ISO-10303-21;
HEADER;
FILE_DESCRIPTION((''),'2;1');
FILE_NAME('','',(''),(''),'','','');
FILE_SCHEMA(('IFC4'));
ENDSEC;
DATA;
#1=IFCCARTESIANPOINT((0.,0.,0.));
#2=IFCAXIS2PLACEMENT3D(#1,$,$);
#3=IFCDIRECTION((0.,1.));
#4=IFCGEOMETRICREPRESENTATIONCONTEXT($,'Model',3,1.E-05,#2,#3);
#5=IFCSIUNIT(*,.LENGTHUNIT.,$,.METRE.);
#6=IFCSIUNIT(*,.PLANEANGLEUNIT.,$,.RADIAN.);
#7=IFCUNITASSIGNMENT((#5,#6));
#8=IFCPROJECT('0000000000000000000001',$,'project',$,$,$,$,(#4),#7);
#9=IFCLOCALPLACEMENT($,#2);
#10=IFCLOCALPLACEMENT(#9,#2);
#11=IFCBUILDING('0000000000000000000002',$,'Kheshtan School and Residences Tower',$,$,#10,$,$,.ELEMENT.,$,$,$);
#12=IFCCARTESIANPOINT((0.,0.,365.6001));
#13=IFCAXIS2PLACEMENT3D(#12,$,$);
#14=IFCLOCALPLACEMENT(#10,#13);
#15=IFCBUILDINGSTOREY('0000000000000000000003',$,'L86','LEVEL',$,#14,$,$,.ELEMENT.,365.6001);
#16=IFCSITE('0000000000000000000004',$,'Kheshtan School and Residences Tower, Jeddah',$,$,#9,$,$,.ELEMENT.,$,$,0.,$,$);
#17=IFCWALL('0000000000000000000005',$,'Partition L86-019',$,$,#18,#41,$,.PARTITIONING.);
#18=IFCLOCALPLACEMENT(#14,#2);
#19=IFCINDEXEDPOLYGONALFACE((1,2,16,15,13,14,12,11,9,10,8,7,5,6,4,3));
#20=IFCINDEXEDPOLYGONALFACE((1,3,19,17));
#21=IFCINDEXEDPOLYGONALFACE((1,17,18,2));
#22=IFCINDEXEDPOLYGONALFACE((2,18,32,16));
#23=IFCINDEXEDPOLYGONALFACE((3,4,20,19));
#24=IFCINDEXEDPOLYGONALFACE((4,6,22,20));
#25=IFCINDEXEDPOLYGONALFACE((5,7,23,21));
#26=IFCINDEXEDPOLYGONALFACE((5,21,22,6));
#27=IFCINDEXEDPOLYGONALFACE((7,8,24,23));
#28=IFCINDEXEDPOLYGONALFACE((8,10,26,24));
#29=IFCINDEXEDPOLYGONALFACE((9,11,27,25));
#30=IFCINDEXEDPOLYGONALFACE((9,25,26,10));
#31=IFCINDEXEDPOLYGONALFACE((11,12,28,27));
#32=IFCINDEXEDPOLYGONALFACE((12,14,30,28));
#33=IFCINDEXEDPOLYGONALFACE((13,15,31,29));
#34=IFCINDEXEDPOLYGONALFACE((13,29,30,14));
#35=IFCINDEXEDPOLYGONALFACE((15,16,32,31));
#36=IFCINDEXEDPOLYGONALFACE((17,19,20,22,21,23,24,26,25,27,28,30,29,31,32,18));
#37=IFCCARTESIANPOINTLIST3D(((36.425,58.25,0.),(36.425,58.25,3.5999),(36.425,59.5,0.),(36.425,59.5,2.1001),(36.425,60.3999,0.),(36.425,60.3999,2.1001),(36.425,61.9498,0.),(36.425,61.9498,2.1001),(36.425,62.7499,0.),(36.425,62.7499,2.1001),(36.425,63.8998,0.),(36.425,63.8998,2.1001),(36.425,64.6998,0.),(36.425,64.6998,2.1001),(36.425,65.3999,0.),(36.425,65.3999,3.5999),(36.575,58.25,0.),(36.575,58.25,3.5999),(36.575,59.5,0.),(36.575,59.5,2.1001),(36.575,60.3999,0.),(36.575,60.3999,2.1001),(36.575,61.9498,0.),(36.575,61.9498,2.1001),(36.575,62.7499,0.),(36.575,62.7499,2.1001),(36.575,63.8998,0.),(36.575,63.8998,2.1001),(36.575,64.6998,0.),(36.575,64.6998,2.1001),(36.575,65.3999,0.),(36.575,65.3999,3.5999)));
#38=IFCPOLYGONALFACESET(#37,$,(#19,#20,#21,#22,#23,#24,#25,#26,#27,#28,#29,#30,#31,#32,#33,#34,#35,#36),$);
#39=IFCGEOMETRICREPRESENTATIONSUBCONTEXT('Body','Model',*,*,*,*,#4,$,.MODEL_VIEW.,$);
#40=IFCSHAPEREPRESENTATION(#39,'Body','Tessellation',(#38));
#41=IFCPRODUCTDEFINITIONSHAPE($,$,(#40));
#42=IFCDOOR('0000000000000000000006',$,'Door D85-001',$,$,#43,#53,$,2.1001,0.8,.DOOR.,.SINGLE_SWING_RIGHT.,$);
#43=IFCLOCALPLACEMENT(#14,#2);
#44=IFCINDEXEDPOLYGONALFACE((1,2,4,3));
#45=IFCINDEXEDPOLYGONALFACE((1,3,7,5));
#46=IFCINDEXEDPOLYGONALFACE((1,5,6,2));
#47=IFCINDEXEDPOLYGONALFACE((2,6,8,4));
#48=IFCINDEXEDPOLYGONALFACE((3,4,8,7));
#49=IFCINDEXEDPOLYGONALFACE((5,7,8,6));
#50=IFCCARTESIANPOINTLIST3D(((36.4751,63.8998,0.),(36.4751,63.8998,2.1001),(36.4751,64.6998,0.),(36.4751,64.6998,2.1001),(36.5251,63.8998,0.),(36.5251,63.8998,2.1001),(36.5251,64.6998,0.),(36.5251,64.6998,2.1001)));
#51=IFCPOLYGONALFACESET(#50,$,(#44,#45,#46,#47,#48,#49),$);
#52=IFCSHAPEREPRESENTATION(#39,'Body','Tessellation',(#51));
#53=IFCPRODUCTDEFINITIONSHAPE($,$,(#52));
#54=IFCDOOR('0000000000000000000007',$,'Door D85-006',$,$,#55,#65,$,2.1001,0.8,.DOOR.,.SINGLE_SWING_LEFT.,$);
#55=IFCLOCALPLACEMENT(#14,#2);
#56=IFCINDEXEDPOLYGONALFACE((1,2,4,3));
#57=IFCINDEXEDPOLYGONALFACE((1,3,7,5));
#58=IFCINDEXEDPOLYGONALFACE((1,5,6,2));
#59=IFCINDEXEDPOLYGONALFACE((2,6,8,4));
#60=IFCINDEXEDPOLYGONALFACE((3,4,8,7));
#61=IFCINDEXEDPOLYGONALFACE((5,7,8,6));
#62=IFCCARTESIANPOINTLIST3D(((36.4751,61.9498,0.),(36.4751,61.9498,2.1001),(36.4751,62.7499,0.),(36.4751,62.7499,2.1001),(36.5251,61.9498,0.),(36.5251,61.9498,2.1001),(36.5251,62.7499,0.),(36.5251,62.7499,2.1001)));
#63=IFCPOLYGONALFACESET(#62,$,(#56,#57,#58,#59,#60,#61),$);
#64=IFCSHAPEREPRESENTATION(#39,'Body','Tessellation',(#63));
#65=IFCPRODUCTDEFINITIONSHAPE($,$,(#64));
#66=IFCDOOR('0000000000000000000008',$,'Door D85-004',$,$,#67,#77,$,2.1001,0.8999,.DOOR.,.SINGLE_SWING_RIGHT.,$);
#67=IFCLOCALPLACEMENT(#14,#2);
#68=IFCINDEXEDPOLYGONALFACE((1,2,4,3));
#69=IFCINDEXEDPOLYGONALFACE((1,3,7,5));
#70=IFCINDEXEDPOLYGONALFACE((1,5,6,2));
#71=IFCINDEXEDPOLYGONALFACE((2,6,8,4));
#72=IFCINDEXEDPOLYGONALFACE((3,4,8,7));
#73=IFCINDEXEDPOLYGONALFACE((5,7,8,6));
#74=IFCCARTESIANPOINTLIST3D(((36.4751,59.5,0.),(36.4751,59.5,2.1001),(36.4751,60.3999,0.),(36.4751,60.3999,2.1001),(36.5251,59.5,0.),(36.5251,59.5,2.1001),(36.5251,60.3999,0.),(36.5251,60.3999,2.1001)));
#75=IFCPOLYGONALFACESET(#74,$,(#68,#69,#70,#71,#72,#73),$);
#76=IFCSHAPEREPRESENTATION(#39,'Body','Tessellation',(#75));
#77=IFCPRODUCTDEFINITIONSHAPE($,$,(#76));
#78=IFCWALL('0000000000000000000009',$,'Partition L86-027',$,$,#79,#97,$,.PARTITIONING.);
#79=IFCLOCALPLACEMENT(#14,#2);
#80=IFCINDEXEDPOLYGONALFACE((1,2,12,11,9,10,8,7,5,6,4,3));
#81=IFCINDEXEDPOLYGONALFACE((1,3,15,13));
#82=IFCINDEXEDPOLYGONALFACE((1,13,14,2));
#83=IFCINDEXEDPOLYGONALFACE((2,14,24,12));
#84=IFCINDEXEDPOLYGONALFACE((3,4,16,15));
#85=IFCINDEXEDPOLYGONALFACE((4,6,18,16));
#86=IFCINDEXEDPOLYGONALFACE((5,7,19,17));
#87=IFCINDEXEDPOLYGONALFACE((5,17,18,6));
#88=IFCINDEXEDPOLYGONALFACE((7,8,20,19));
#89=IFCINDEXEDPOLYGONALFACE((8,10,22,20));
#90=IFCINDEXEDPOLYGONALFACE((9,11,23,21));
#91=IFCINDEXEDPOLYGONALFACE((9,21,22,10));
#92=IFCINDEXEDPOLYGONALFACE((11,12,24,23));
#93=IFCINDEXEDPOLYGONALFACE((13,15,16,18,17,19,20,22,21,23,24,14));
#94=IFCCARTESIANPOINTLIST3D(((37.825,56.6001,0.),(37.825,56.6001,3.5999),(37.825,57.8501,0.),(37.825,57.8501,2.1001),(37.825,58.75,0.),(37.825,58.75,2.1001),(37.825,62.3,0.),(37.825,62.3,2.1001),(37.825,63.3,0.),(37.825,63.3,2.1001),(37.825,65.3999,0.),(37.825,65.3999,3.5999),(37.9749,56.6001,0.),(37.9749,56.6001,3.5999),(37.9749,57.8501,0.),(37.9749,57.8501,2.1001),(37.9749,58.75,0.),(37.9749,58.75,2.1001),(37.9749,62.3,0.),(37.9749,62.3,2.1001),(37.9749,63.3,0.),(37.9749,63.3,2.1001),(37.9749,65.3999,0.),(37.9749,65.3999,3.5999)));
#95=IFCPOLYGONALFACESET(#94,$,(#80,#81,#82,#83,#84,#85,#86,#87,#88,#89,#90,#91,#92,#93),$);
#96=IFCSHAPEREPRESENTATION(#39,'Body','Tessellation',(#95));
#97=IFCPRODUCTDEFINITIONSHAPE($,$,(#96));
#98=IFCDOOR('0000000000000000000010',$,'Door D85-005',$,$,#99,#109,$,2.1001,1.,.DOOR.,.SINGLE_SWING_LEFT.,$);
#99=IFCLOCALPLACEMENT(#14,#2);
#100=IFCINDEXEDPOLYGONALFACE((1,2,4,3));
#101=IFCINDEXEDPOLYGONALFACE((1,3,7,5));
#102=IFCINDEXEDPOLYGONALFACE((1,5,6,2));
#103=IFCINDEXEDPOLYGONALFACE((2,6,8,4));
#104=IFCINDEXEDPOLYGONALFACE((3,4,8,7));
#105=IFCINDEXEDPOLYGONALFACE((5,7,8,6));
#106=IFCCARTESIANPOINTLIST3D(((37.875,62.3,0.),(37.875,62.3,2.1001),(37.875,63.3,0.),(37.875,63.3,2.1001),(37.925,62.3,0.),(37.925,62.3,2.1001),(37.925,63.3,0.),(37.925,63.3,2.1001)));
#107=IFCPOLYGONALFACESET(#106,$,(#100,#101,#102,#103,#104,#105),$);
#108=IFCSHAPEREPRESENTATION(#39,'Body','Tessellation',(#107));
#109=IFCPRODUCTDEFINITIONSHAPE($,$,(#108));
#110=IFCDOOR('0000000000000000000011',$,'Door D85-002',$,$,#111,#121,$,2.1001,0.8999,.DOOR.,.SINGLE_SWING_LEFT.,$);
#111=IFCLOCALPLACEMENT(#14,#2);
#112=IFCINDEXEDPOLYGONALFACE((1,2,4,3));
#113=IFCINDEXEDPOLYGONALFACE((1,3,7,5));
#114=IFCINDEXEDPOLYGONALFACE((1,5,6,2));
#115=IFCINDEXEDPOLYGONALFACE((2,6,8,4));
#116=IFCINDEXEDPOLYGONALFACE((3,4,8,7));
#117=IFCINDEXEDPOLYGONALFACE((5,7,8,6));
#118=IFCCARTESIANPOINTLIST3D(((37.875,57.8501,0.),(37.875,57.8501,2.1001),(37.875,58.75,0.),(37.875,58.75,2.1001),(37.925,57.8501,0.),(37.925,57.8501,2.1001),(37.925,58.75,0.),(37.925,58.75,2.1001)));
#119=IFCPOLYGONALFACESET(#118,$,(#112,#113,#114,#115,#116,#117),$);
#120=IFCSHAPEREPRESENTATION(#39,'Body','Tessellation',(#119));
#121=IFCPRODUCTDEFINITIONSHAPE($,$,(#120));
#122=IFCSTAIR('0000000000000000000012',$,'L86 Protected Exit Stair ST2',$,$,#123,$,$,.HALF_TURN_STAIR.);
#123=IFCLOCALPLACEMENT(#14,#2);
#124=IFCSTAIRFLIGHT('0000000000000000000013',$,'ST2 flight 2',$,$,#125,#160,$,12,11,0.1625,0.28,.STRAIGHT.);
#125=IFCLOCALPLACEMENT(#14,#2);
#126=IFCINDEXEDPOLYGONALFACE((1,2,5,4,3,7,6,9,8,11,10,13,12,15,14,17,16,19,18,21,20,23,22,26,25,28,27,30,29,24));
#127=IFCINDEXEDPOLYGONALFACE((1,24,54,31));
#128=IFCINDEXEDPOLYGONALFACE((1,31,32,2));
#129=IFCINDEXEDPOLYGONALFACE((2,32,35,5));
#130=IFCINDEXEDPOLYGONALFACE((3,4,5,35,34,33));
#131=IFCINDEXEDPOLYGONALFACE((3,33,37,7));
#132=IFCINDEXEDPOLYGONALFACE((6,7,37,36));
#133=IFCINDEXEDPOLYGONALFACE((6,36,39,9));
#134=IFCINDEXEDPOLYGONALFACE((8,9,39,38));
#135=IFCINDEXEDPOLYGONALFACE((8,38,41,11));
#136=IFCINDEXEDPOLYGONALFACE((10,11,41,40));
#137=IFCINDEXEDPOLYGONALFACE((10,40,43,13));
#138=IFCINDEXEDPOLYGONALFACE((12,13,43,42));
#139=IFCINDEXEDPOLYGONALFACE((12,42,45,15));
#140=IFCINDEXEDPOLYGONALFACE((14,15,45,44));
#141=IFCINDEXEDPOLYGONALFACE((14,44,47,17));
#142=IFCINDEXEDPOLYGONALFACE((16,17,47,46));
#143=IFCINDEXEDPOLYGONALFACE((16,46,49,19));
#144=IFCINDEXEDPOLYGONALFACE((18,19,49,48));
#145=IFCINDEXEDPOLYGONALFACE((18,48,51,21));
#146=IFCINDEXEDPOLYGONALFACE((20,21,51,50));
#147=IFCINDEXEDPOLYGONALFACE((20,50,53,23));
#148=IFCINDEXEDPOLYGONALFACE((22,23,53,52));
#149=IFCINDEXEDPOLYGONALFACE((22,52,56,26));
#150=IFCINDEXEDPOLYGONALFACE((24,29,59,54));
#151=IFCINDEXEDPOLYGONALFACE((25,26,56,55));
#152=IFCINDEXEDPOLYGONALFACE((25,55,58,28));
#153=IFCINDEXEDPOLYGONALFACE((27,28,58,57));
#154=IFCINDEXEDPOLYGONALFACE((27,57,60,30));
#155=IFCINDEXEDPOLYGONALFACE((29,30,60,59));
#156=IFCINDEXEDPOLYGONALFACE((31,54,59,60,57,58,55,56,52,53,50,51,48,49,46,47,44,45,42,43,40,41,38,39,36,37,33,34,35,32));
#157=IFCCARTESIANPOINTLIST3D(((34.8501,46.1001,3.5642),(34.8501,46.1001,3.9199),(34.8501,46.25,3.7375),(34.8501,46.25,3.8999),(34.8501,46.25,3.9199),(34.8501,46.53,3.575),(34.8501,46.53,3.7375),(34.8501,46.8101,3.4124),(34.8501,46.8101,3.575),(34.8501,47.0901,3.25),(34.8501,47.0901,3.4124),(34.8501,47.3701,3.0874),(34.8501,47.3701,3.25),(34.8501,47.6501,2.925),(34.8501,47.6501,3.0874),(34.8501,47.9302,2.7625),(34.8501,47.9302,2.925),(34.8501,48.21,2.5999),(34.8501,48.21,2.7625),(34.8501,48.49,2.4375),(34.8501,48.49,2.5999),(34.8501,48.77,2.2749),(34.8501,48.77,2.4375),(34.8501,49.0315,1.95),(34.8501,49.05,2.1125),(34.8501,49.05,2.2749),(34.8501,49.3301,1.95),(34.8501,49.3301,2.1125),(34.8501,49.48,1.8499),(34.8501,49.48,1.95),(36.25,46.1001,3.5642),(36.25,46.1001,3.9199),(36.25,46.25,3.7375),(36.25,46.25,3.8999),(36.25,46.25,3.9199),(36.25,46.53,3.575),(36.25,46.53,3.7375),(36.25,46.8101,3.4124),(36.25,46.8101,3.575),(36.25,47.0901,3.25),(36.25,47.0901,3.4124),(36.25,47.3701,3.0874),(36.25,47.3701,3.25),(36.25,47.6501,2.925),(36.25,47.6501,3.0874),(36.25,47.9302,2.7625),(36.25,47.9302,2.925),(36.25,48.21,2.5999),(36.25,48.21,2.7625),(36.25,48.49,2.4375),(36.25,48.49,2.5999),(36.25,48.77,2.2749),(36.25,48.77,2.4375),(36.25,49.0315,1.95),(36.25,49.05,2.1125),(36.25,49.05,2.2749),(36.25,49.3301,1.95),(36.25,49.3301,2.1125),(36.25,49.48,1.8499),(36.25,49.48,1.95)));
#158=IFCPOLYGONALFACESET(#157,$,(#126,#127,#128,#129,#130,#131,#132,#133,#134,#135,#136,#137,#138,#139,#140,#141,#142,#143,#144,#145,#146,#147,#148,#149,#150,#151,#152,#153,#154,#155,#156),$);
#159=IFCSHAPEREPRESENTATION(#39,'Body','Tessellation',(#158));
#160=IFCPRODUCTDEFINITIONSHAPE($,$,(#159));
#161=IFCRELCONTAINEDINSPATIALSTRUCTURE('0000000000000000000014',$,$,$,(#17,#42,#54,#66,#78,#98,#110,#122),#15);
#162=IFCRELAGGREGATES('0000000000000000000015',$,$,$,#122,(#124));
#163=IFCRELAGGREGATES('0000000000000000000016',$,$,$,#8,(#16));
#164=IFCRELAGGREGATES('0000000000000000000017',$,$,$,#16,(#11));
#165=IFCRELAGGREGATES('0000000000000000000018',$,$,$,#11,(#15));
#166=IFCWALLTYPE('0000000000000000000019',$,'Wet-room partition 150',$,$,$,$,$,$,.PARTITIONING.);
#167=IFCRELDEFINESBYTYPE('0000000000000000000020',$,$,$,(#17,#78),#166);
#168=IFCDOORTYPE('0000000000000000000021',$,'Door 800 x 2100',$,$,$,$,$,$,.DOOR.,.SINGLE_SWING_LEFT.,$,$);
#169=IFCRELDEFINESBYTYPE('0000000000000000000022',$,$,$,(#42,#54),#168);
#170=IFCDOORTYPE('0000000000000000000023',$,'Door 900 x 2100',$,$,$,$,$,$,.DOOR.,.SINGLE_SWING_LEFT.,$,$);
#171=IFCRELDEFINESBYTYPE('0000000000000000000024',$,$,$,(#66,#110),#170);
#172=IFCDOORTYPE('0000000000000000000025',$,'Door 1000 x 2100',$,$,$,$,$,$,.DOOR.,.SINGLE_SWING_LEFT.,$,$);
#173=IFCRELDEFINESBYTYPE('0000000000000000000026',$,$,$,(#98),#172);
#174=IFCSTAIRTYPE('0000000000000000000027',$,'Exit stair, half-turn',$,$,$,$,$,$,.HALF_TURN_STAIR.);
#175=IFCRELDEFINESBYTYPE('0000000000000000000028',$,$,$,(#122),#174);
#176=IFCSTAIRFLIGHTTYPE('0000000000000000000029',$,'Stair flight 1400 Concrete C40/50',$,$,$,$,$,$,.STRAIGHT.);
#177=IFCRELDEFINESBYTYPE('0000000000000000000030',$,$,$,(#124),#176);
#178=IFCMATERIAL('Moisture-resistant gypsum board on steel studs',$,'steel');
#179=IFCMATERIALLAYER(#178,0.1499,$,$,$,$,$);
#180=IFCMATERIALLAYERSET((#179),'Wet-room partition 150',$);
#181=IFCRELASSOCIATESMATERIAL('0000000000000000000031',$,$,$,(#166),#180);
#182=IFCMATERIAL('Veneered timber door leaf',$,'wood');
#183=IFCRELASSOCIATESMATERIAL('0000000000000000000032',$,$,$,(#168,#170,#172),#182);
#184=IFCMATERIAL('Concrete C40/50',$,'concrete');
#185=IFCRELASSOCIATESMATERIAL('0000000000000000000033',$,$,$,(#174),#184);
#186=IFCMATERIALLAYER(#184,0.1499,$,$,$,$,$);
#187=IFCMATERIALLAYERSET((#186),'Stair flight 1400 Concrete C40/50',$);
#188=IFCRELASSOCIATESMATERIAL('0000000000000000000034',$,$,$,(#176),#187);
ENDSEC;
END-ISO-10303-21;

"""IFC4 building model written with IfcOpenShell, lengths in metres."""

from ifc_helpers import new_model, si_unit, direction, frame, frame_2d, origin, place, context, subcontext, project, spatial, polyline, rectangle, outline, extrude, source, transform, mapped, material, layer, layer_set, type_object, element, fill, aggregate, save


model = new_model("IFC4")

# Units and contexts
model_context = context("Model", 3, precision=1e-05, world=origin(), true_north=direction((0.0, 1.0)))
body_context = subcontext(model_context, "Body", "Model", "MODEL_VIEW")
ifc_project = project(units=[si_unit("LENGTHUNIT", "METRE"), si_unit("PLANEANGLEUNIT", "RADIAN")], contexts=[model_context])

# Site, building, storey
site_placement = place(None, origin())
site = spatial("IfcSite", under=ifc_project, at=site_placement, Name="Kheshtan School and Residences Tower, Jeddah", CompositionType="ELEMENT", RefElevation=0.0)
building_placement = place(site_placement, origin())
building = spatial("IfcBuilding", under=site, at=building_placement, Name="Kheshtan School and Residences Tower", CompositionType="ELEMENT")
storey_placement = place(building_placement, frame((0.0, 0.0, 365.6001)))
storey = spatial("IfcBuildingStorey", under=building, at=storey_placement, Name="L86", Description="LEVEL", CompositionType="ELEMENT", Elevation=365.6001)

# Shared definitions
ifc_material_1 = material(Name="Concrete C40/50", Category="concrete")

# Walls, openings, doors
ifc_material_2 = material(Name="Moisture-resistant gypsum board on steel studs", Category="steel")
ifc_layer_1 = layer(ifc_material_2, 0.1499)
ifc_layer_set_1 = layer_set([ifc_layer_1], Name="Wet-room partition 150")
wall_type_1 = type_object("IfcWallType", Name="Wet-room partition 150", PredefinedType="PARTITIONING", material=ifc_layer_set_1)
wall_1_placement = place(storey_placement, frame((36.5, 58.25, 0.0), z_axis=(0.0, 0.0, 1.0), x_axis=(0.0, 1.0, 0.0)))
wall_1 = element("IfcWall", 1, at=wall_1_placement, inside=storey, type_object=wall_type_1, Name="Partition L86-019", PredefinedType="PARTITIONING", context=body_context, shape_type="SweptSolid", body=[
    extrude(rectangle(XDim=7.1499, YDim=0.1499, at=frame_2d((3.575, 0.0))), origin(), (0.0, 0.0, 1.0), 3.5999),
])
opening_1_placement = place(wall_1_placement, frame((5.6499, 0.0, 0.0)))
opening_1 = element("IfcOpeningElement", 2, at=opening_1_placement, cuts=wall_1, PredefinedType="OPENING", context=body_context, shape_type="SweptSolid", body=[
    extrude(rectangle(XDim=0.8, YDim=2.1001, at=frame_2d((0.3999, 1.05))), frame((0.0, 0.085, 0.0), z_axis=(0.0, -1.0, 0.0), x_axis=(1.0, 0.0, 0.0)), (0.0, 0.0, 1.0), 0.1699),
])
opening_2_placement = place(wall_1_placement, frame((1.25, 0.0, 0.0)))
opening_2 = element("IfcOpeningElement", 3, at=opening_2_placement, cuts=wall_1, PredefinedType="OPENING", context=body_context, shape_type="SweptSolid", body=[
    extrude(rectangle(XDim=0.8999, YDim=2.1001, at=frame_2d((0.45, 1.05))), frame((0.0, 0.085, 0.0), z_axis=(0.0, -1.0, 0.0), x_axis=(1.0, 0.0, 0.0)), (0.0, 0.0, 1.0), 0.1699),
])
opening_3_placement = place(wall_1_placement, frame((3.7, 0.0, 0.0)))
opening_3 = element("IfcOpeningElement", 4, at=opening_3_placement, cuts=wall_1, PredefinedType="OPENING", context=body_context, shape_type="SweptSolid", body=[
    extrude(rectangle(XDim=0.8, YDim=2.1001, at=frame_2d((0.3999, 1.05))), frame((0.0, 0.085, 0.0), z_axis=(0.0, -1.0, 0.0), x_axis=(1.0, 0.0, 0.0)), (0.0, 0.0, 1.0), 0.1699),
])
ifc_material_3 = material(Name="Veneered timber door leaf", Category="wood")
door_type_1 = type_object("IfcDoorType", Name="Door 800 x 2100", OperationType="SINGLE_SWING_LEFT", PredefinedType="DOOR", material=ifc_material_3)
shared_shape_1 = source(origin(), body_context, "Body", "SweptSolid", [
    extrude(rectangle(XDim=0.8, YDim=2.1001, at=frame_2d((0.3999, 1.05))), frame((0.0, 0.0249, 0.0), z_axis=(0.0, -1.0, 0.0), x_axis=(1.0, 0.0, 0.0)), (0.0, 0.0, 1.0), 0.05),
])
door_1_placement = place(opening_1_placement, origin())
door_1 = element("IfcDoor", 5, at=door_1_placement, inside=storey, type_object=door_type_1, Name="Door D85-001", OperationType="SINGLE_SWING_RIGHT", OverallHeight=2.1001, OverallWidth=0.8, PredefinedType="DOOR", context=body_context, shape_type="MappedRepresentation", body=[
    mapped(shared_shape_1, transform((0.0, 0.0, 0.0), x_axis=(1.0, 0.0, 0.0), y_axis=(0.0, 1.0, 0.0), z_axis=(0.0, 0.0, 1.0), scale=1.0)),
])
fill(opening_1, door_1)
door_2_placement = place(opening_3_placement, origin())
door_2 = element("IfcDoor", 6, at=door_2_placement, inside=storey, type_object=door_type_1, Name="Door D85-006", OperationType="SINGLE_SWING_LEFT", OverallHeight=2.1001, OverallWidth=0.8, PredefinedType="DOOR", context=body_context, shape_type="MappedRepresentation", body=[
    mapped(shared_shape_1, transform((0.0, 0.0, 0.0), x_axis=(1.0, 0.0, 0.0), y_axis=(0.0, 1.0, 0.0), z_axis=(0.0, 0.0, 1.0), scale=1.0)),
])
fill(opening_3, door_2)
door_type_2 = type_object("IfcDoorType", Name="Door 900 x 2100", OperationType="SINGLE_SWING_LEFT", PredefinedType="DOOR", material=ifc_material_3)
shared_shape_2 = source(origin(), body_context, "Body", "SweptSolid", [
    extrude(rectangle(XDim=0.8999, YDim=2.1001, at=frame_2d((0.45, 1.05))), frame((0.0, 0.0249, 0.0), z_axis=(0.0, -1.0, 0.0), x_axis=(1.0, 0.0, 0.0)), (0.0, 0.0, 1.0), 0.05),
])
door_3_placement = place(opening_2_placement, origin())
door_3 = element("IfcDoor", 7, at=door_3_placement, inside=storey, type_object=door_type_2, Name="Door D85-004", OperationType="SINGLE_SWING_RIGHT", OverallHeight=2.1001, OverallWidth=0.8999, PredefinedType="DOOR", context=body_context, shape_type="MappedRepresentation", body=[
    mapped(shared_shape_2, transform((0.0, 0.0, 0.0), x_axis=(1.0, 0.0, 0.0), y_axis=(0.0, 1.0, 0.0), z_axis=(0.0, 0.0, 1.0), scale=1.0)),
])
fill(opening_2, door_3)
wall_2_placement = place(storey_placement, frame((37.8999, 56.6001, 0.0), z_axis=(0.0, 0.0, 1.0), x_axis=(0.0, 1.0, 0.0)))
wall_2 = element("IfcWall", 8, at=wall_2_placement, inside=storey, type_object=wall_type_1, Name="Partition L86-027", PredefinedType="PARTITIONING", context=body_context, shape_type="SweptSolid", body=[
    extrude(rectangle(XDim=8.7998, YDim=0.1499, at=frame_2d((4.3999, 0.0))), origin(), (0.0, 0.0, 1.0), 3.5999),
])
opening_4_placement = place(wall_2_placement, frame((1.25, 0.0, 0.0)))
opening_4 = element("IfcOpeningElement", 9, at=opening_4_placement, cuts=wall_2, PredefinedType="OPENING", context=body_context, shape_type="SweptSolid", body=[
    extrude(rectangle(XDim=0.8999, YDim=2.1001, at=frame_2d((0.45, 1.05))), frame((0.0, 0.085, 0.0), z_axis=(0.0, -1.0, 0.0), x_axis=(1.0, 0.0, 0.0)), (0.0, 0.0, 1.0), 0.1699),
])
opening_5_placement = place(wall_2_placement, frame((5.7, 0.0, 0.0)))
opening_5 = element("IfcOpeningElement", 10, at=opening_5_placement, cuts=wall_2, PredefinedType="OPENING", context=body_context, shape_type="SweptSolid", body=[
    extrude(rectangle(XDim=1.0, YDim=2.1001, at=frame_2d((0.5, 1.05))), frame((0.0, 0.085, 0.0), z_axis=(0.0, -1.0, 0.0), x_axis=(1.0, 0.0, 0.0)), (0.0, 0.0, 1.0), 0.1699),
])
door_type_3 = type_object("IfcDoorType", Name="Door 1000 x 2100", OperationType="SINGLE_SWING_LEFT", PredefinedType="DOOR", material=ifc_material_3)
shared_shape_3 = source(origin(), body_context, "Body", "SweptSolid", [
    extrude(rectangle(XDim=1.0, YDim=2.1001, at=frame_2d((0.5, 1.05))), frame((0.0, 0.0249, 0.0), z_axis=(0.0, -1.0, 0.0), x_axis=(1.0, 0.0, 0.0)), (0.0, 0.0, 1.0), 0.05),
])
door_4_placement = place(opening_5_placement, origin())
door_4 = element("IfcDoor", 11, at=door_4_placement, inside=storey, type_object=door_type_3, Name="Door D85-005", OperationType="SINGLE_SWING_LEFT", OverallHeight=2.1001, OverallWidth=1.0, PredefinedType="DOOR", context=body_context, shape_type="MappedRepresentation", body=[
    mapped(shared_shape_3, transform((0.0, 0.0, 0.0), x_axis=(1.0, 0.0, 0.0), y_axis=(0.0, 1.0, 0.0), z_axis=(0.0, 0.0, 1.0), scale=1.0)),
])
fill(opening_5, door_4)
door_5_placement = place(opening_4_placement, origin())
door_5 = element("IfcDoor", 12, at=door_5_placement, inside=storey, type_object=door_type_2, Name="Door D85-002", OperationType="SINGLE_SWING_LEFT", OverallHeight=2.1001, OverallWidth=0.8999, PredefinedType="DOOR", context=body_context, shape_type="MappedRepresentation", body=[
    mapped(shared_shape_2, transform((0.0, 0.0, 0.0), x_axis=(1.0, 0.0, 0.0), y_axis=(0.0, 1.0, 0.0), z_axis=(0.0, 0.0, 1.0), scale=1.0)),
])
fill(opening_4, door_5)

# Stair, stair flight
stair_type = type_object("IfcStairType", Name="Exit stair, half-turn", PredefinedType="HALF_TURN_STAIR", material=ifc_material_1)
stair_placement = place(storey_placement, origin())
stair = element("IfcStair", 13, at=stair_placement, inside=storey, type_object=stair_type, Name="L86 Protected Exit Stair ST2", PredefinedType="HALF_TURN_STAIR")
ifc_layer_2 = layer(ifc_material_1, 0.1499)
ifc_layer_set_2 = layer_set([ifc_layer_2], Name="Stair flight 1400 Concrete C40/50")
stair_flight_type = type_object("IfcStairFlightType", Name="Stair flight 1400 Concrete C40/50", PredefinedType="STRAIGHT", material=ifc_layer_set_2)
stair_flight_placement = place(storey_placement, frame((35.55, 49.3301, 1.95), z_axis=(0.0, 0.0, 1.0), x_axis=(0.0, -1.0, 0.0)))
stair_flight = element("IfcStairFlight", 14, at=stair_flight_placement, type_object=stair_flight_type, Name="ST2 flight 2", NumberOfRisers=12, NumberOfTreads=11, PredefinedType="STRAIGHT", RiserHeight=0.1625, TreadLength=0.28, context=body_context, shape_type="SweptSolid", body=[
    extrude(outline(polyline([(-0.1499, -0.1001), (-0.1499, 0.0), (0.0, 0.0), (0.0, 0.1626), (0.28, 0.1626), (0.28, 0.325), (0.5601, 0.325), (0.5601, 0.4875), (0.8401, 0.4875), (0.8401, 0.6499), (1.1201, 0.6499), (1.1201, 0.8125), (1.3999, 0.8125), (1.3999, 0.9751), (1.6799, 0.9751), (1.6799, 1.1375), (1.96, 1.1375), (1.96, 1.3), (2.24, 1.3), (2.24, 1.4624), (2.52, 1.4624), (2.52, 1.625), (2.8, 1.625), (2.8, 1.7876), (3.0801, 1.7876), (3.0801, 1.95), (3.0801, 1.97), (3.23, 1.97), (3.23, 1.6143), (0.2986, 0.0), (-0.1499, -0.1001)])), frame((0.0, 0.7, 0.0), z_axis=(0.0, -1.0, 0.0), x_axis=(1.0, 0.0, 0.0)), (0.0, 0.0, 1.0), 1.3999),
])
aggregate(stair, [stair_flight])

save(model, "model.ifc")
